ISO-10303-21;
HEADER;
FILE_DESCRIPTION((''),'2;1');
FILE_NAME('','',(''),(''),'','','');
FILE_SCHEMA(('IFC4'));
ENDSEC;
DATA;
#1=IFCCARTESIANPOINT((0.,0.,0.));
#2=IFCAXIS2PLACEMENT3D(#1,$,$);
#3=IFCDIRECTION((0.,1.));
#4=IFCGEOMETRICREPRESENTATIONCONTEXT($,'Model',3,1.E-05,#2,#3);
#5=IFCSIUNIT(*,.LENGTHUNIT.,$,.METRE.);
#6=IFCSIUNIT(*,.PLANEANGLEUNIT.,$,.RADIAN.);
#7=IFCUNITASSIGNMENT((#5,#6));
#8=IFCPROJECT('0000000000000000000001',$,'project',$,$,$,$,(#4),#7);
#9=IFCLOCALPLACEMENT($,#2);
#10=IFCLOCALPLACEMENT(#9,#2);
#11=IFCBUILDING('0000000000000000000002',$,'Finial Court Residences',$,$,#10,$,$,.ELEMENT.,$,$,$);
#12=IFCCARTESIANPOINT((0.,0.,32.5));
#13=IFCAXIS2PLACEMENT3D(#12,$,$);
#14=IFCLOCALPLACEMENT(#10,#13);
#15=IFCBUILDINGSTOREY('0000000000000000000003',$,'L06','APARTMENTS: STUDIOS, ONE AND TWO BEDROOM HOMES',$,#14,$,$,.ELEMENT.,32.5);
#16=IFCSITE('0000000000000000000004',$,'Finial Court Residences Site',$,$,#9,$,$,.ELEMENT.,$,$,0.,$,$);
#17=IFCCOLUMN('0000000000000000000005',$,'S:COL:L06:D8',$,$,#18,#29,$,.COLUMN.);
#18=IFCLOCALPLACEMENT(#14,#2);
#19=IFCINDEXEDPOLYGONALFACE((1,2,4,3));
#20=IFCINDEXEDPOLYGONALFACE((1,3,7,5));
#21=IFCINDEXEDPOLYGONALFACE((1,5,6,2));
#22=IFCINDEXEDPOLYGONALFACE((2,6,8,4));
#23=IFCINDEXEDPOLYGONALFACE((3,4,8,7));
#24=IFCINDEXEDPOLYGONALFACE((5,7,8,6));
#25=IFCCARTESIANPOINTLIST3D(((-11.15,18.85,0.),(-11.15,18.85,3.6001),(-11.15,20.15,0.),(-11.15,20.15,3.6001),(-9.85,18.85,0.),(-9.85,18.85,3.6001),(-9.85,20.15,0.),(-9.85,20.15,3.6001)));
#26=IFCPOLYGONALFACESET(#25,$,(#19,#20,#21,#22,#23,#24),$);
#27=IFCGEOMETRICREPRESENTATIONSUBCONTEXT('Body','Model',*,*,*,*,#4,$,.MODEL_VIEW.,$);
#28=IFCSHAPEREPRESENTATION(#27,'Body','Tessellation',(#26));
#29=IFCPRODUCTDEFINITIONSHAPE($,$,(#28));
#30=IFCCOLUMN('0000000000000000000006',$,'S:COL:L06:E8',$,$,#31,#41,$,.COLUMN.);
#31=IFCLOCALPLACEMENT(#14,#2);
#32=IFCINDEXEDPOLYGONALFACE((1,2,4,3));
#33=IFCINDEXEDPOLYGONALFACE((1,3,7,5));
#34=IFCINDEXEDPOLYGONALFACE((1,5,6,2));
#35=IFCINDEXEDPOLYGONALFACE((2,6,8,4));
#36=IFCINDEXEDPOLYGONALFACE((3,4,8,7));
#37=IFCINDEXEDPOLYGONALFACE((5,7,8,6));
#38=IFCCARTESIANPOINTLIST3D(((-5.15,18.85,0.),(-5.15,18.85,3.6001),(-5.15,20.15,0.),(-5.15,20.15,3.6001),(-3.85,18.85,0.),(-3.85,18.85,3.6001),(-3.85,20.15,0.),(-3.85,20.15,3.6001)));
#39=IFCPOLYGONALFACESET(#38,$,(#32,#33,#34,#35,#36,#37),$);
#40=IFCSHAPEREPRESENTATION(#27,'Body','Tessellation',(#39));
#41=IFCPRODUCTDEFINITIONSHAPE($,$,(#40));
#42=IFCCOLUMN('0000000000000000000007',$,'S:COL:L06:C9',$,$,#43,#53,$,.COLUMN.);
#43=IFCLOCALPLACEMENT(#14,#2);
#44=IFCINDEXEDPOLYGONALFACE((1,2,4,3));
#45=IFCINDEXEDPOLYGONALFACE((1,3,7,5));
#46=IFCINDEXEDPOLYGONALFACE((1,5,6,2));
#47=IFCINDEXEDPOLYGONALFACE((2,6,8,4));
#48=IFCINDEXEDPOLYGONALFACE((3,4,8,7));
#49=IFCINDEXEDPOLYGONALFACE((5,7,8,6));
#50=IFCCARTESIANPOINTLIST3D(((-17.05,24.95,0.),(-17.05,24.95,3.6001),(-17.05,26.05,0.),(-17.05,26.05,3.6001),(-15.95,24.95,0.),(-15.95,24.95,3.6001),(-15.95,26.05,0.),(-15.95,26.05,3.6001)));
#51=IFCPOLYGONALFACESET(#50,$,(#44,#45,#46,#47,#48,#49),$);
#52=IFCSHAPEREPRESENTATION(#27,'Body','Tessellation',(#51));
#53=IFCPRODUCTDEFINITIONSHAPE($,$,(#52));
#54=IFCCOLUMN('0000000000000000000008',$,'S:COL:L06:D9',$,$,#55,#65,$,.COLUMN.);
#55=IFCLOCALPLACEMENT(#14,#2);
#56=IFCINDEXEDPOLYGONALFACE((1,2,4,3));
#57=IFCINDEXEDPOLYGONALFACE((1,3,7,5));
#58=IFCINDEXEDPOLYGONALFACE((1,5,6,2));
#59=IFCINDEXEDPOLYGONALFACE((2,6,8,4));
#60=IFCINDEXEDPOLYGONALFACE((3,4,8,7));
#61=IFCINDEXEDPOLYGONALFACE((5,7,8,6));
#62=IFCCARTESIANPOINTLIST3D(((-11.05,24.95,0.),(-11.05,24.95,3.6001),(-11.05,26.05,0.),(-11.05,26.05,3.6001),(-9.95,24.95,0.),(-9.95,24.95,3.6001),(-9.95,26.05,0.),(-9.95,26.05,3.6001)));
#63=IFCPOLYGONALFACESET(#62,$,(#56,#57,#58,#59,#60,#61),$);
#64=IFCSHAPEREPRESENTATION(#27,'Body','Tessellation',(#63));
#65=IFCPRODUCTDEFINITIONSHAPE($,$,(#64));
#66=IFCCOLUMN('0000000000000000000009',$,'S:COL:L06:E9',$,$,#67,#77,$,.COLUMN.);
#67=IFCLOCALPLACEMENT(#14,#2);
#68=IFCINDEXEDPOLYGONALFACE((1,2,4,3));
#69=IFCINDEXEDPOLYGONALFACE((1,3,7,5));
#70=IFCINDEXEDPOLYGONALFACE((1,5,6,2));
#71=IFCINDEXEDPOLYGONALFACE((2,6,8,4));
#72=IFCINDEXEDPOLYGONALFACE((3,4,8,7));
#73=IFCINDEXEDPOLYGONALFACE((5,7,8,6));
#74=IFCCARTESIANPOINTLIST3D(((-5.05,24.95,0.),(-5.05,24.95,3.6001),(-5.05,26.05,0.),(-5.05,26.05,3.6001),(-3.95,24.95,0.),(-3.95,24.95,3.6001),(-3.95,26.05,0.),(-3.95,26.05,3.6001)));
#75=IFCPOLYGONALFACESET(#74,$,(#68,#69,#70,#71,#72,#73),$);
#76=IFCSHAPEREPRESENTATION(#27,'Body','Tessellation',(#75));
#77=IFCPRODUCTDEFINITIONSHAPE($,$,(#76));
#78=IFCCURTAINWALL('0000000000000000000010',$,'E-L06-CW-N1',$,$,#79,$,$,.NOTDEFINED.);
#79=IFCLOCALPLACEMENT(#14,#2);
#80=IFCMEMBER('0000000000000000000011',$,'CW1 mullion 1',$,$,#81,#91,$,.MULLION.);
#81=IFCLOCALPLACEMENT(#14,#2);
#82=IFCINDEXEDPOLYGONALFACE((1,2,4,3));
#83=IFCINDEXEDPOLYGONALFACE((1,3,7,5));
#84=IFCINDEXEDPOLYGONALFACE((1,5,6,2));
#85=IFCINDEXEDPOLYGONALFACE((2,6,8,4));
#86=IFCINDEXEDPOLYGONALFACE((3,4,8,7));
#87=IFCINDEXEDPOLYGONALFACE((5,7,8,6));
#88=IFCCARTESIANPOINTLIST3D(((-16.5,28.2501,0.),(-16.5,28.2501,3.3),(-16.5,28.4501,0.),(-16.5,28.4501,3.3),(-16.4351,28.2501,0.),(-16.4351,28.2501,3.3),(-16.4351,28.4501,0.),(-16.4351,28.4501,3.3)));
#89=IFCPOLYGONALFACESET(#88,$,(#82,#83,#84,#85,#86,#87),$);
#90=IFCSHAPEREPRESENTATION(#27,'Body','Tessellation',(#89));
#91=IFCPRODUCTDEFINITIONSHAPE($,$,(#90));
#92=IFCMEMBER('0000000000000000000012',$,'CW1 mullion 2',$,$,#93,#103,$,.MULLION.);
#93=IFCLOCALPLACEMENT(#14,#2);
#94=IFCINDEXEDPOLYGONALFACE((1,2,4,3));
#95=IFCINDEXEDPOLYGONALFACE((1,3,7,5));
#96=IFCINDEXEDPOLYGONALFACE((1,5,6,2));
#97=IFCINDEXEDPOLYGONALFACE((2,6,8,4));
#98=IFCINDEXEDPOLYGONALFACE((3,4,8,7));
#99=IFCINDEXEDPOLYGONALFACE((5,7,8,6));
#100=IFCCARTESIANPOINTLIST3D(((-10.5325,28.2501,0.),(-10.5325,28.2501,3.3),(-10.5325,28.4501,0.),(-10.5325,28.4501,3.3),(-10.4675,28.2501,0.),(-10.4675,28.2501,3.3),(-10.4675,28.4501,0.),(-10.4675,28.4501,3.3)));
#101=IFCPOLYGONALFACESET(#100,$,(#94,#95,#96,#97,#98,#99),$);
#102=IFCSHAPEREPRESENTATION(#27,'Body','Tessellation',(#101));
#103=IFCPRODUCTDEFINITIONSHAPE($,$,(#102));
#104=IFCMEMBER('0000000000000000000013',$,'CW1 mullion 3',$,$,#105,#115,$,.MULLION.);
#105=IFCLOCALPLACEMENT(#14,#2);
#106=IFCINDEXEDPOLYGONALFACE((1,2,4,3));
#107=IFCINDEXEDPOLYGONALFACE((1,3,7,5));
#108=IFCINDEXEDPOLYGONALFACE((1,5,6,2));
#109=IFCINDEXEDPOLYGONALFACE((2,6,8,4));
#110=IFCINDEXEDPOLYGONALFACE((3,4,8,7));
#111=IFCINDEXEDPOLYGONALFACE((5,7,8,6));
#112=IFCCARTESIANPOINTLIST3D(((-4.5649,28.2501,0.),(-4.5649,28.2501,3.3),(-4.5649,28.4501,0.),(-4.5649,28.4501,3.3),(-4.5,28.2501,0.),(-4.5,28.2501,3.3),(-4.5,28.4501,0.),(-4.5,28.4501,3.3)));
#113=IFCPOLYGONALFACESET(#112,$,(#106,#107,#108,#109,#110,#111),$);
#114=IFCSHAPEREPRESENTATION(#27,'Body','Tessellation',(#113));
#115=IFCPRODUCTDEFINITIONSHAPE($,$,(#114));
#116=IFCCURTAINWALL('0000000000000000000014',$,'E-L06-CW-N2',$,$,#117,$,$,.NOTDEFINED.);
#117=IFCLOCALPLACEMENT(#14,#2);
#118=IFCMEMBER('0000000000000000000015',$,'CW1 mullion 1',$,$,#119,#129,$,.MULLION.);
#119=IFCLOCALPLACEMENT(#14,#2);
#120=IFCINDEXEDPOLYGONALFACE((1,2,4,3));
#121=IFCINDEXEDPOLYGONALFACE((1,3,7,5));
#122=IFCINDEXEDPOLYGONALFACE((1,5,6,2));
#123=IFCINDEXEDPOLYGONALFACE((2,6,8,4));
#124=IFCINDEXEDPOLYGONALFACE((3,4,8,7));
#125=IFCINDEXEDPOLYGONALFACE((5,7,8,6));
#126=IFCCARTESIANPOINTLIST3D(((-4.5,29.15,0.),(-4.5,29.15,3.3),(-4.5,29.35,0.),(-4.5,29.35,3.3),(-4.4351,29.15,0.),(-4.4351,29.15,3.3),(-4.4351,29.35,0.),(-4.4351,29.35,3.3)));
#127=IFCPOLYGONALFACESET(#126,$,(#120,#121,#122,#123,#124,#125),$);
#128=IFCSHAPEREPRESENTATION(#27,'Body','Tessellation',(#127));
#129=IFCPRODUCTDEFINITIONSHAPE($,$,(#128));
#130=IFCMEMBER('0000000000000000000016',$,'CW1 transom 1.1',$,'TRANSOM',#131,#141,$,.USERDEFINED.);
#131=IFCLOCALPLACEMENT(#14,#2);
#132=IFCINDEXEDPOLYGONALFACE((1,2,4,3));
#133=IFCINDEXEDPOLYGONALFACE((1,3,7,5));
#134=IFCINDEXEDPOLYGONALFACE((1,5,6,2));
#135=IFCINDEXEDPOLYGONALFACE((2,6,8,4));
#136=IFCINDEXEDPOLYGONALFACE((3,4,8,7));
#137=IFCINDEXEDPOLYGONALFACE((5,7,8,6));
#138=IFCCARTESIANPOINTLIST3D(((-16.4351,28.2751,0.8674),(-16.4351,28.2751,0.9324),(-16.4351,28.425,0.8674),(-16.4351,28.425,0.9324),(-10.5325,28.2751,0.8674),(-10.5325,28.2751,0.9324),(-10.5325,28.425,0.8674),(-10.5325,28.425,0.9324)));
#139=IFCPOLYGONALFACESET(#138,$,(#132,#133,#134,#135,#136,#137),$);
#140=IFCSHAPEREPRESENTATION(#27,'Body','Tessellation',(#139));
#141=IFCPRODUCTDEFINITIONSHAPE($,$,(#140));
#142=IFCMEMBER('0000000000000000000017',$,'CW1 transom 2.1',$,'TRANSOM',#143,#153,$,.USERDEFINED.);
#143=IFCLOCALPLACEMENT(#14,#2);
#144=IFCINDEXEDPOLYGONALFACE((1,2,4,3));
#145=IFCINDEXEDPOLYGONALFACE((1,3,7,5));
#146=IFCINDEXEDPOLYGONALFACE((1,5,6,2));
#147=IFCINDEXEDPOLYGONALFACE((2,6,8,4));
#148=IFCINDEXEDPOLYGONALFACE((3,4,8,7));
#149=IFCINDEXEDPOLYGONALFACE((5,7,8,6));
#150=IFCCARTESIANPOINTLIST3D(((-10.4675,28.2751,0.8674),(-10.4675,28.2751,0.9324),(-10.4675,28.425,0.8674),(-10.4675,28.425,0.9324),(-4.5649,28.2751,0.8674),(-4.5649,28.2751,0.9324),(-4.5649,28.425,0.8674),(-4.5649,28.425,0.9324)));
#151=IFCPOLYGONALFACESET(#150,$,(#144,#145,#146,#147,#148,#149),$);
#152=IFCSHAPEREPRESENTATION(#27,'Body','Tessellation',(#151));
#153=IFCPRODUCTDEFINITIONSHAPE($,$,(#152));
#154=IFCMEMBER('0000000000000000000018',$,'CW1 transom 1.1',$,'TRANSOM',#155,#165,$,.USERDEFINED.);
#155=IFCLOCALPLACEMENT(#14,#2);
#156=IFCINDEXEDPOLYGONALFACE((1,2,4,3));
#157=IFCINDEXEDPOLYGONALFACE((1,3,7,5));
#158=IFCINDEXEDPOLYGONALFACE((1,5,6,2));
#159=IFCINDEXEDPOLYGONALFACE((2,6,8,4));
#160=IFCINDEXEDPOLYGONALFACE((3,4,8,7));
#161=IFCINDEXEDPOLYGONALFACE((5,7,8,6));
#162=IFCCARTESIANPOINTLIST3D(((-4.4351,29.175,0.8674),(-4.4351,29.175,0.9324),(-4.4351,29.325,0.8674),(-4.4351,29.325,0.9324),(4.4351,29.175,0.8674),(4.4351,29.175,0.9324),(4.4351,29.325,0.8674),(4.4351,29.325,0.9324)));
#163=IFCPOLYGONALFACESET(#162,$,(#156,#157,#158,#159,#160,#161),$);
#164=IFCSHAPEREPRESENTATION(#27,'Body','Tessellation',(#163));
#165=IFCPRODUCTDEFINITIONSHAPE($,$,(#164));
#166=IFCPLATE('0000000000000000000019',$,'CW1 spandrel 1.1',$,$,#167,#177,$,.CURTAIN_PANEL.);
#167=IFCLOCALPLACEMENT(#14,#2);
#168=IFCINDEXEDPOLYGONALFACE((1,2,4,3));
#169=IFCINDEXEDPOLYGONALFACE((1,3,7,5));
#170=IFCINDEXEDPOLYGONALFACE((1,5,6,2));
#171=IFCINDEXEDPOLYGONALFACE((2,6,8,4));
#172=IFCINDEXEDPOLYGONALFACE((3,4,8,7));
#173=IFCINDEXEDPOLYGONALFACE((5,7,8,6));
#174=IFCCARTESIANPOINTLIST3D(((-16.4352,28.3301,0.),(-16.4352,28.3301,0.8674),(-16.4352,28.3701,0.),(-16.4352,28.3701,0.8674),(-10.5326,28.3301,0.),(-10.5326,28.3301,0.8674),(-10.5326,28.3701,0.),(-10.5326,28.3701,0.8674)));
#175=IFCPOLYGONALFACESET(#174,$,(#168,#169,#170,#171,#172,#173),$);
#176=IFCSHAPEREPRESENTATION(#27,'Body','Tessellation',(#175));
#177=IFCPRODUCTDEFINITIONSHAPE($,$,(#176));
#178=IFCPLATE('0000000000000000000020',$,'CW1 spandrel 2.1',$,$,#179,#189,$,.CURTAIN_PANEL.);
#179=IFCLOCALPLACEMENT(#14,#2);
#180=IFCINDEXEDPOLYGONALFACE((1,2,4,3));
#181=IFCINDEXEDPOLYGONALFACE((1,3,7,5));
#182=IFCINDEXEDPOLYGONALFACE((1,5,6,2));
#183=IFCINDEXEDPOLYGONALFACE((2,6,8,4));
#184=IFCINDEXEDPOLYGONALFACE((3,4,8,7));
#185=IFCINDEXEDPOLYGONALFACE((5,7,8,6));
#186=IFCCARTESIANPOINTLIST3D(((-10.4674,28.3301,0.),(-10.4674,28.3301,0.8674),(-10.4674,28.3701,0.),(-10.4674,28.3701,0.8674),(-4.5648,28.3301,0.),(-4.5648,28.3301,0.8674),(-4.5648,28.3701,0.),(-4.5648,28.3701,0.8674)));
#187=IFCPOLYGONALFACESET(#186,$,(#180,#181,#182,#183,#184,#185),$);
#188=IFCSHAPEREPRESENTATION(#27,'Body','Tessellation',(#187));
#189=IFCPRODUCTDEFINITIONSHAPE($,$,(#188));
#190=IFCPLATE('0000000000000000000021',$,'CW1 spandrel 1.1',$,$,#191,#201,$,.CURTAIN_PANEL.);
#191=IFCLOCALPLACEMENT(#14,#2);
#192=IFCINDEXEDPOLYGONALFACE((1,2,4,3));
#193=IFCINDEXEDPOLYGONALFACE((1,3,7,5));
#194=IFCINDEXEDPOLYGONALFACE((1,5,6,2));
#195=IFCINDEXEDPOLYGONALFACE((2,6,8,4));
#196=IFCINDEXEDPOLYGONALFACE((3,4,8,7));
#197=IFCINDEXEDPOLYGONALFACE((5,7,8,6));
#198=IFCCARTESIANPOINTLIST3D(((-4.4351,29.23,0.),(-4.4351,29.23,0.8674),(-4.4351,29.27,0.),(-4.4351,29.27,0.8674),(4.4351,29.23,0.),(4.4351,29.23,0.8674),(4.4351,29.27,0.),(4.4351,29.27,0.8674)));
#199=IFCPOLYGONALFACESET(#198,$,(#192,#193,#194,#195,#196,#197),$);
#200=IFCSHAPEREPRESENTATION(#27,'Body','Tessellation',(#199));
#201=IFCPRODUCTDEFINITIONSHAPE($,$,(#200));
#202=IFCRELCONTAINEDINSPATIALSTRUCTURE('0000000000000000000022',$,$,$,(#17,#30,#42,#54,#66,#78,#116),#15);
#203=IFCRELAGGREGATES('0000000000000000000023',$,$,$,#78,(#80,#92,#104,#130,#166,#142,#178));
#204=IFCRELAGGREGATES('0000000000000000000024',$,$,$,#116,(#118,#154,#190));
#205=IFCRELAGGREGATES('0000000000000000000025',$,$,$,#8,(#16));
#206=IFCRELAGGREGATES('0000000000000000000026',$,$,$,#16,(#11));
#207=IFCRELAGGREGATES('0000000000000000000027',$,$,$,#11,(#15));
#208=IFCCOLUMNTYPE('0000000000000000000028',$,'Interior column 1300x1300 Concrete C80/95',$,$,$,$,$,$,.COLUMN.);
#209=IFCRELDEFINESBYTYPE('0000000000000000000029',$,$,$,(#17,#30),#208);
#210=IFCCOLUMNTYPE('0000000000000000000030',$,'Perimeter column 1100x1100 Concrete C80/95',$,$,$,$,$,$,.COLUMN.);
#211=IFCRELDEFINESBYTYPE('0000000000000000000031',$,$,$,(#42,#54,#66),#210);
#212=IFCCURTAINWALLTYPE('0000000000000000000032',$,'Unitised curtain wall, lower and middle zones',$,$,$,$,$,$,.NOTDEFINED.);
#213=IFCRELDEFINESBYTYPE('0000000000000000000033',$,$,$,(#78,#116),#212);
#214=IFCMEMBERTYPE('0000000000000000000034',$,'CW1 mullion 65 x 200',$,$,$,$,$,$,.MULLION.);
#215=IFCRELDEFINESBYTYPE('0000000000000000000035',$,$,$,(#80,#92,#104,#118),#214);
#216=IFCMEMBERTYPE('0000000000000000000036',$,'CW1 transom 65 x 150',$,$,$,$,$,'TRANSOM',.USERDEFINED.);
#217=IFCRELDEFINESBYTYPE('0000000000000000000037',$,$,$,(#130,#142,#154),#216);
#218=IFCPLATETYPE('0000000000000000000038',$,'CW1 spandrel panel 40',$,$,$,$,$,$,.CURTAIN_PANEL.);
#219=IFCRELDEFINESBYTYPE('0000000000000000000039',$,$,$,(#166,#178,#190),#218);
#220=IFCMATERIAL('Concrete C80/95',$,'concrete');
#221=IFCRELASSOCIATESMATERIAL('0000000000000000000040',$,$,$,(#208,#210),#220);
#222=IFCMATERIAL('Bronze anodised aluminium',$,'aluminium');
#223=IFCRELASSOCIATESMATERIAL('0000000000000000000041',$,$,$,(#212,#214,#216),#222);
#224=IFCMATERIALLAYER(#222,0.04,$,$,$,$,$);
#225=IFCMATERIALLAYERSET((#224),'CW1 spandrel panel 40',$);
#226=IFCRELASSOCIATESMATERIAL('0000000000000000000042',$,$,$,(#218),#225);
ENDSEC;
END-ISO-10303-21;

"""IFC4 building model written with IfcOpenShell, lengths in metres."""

from ifc_helpers import new_model, si_unit, direction, frame, origin, origin_2d, place, context, subcontext, project, spatial, rectangle, extrude, material, layer, layer_set, material_profile, profile_set, type_object, element, aggregate, save


model = new_model("IFC4")

# Units and contexts
model_context = context("Model", 3, precision=1e-05, world=origin(), true_north=direction((0.0, 1.0)))
body_context = subcontext(model_context, "Body", "Model", "MODEL_VIEW")
ifc_project = project(units=[si_unit("LENGTHUNIT", "METRE"), si_unit("PLANEANGLEUNIT", "RADIAN")], contexts=[model_context])

# Site, building, storey
site_placement = place(None, origin())
site = spatial("IfcSite", under=ifc_project, at=site_placement, Name="Finial Court Residences Site", CompositionType="ELEMENT", RefElevation=0.0)
building_placement = place(site_placement, origin())
building = spatial("IfcBuilding", under=site, at=building_placement, Name="Finial Court Residences", CompositionType="ELEMENT")
storey_placement = place(building_placement, frame((0.0, 0.0, 32.5)))
storey = spatial("IfcBuildingStorey", under=building, at=storey_placement, Name="L06", Description="APARTMENTS: STUDIOS, ONE AND TWO BEDROOM HOMES", CompositionType="ELEMENT", Elevation=32.5)

# Columns
ifc_material_1 = material(Name="Concrete C80/95", Category="concrete")
ifc_material_profile_1 = material_profile(ifc_material_1, rectangle(XDim=1.3, YDim=1.3, at=origin_2d()), Name="1300x1300")
ifc_profile_set_1 = profile_set([ifc_material_profile_1], Name="Concrete C80/95")
column_type_1 = type_object("IfcColumnType", Name="Interior column 1300x1300 Concrete C80/95", PredefinedType="COLUMN", material=ifc_profile_set_1)
for number, where, z_axis, x_axis, name in (
    (1, (-10.5, 19.5, 0.0), (0.0, 0.0, 1.0), (1.0, 0.0, 0.0), "S:COL:L06:D8"),
    (2, (-4.5, 19.5, 0.0), (0.0, 0.0, 1.0), (1.0, 0.0, 0.0), "S:COL:L06:E8"),
):
    element("IfcColumn", number, at=place(storey_placement, frame(where, z_axis=z_axis, x_axis=x_axis)), inside=storey, type_object=column_type_1, Name=name, PredefinedType="COLUMN", context=body_context, shape_type="SweptSolid", body=[
        extrude(rectangle(XDim=1.3, YDim=1.3, at=origin_2d()), origin(), (0.0, 0.0, 1.0), 3.6001),
    ])
ifc_material_profile_2 = material_profile(ifc_material_1, rectangle(XDim=1.1001, YDim=1.1001, at=origin_2d()), Name="1100x1100")
ifc_profile_set_2 = profile_set([ifc_material_profile_2], Name="Concrete C80/95")
column_type_2 = type_object("IfcColumnType", Name="Perimeter column 1100x1100 Concrete C80/95", PredefinedType="COLUMN", material=ifc_profile_set_2)
for number, where, z_axis, x_axis, name in (
    (3, (-16.5, 25.5, 0.0), (0.0, 0.0, 1.0), (1.0, 0.0, 0.0), "S:COL:L06:C9"),
    (4, (-10.5, 25.5, 0.0), (0.0, 0.0, 1.0), (1.0, 0.0, 0.0), "S:COL:L06:D9"),
    (5, (-4.5, 25.5, 0.0), (0.0, 0.0, 1.0), (1.0, 0.0, 0.0), "S:COL:L06:E9"),
):
    element("IfcColumn", number, at=place(storey_placement, frame(where, z_axis=z_axis, x_axis=x_axis)), inside=storey, type_object=column_type_2, Name=name, PredefinedType="COLUMN", context=body_context, shape_type="SweptSolid", body=[
        extrude(rectangle(XDim=1.1001, YDim=1.1001, at=origin_2d()), origin(), (0.0, 0.0, 1.0), 3.6001),
    ])

# Curtain wall, members
ifc_material_2 = material(Name="Bronze anodised aluminium", Category="aluminium")
curtain_wall_type = type_object("IfcCurtainWallType", Name="Unitised curtain wall, lower and middle zones", PredefinedType="NOTDEFINED", material=ifc_material_2)
curtain_wall_1_placement = place(storey_placement, origin())
curtain_wall_1 = element("IfcCurtainWall", 6, at=curtain_wall_1_placement, inside=storey, type_object=curtain_wall_type, Name="E-L06-CW-N1", PredefinedType="NOTDEFINED")
ifc_material_profile_3 = material_profile(ifc_material_2, rectangle(XDim=0.2, YDim=0.0649, at=origin_2d()), Name="CW1 mullion 65 x 200")
ifc_profile_set_3 = profile_set([ifc_material_profile_3], Name="Bronze anodised aluminium")
member_type_1 = type_object("IfcMemberType", Name="CW1 mullion 65 x 200", PredefinedType="MULLION", material=ifc_profile_set_3)
member_1_placement = place(storey_placement, frame((-16.4675, 28.3501, 0.0), z_axis=(0.0, 0.0, 1.0), x_axis=(0.0, 1.0, 0.0)))
member_1 = element("IfcMember", 7, at=member_1_placement, type_object=member_type_1, Name="CW1 mullion 1", PredefinedType="MULLION", context=body_context, shape_type="SweptSolid", body=[
    extrude(rectangle(XDim=0.2, YDim=0.0649, at=origin_2d()), origin(), (0.0, 0.0, 1.0), 3.3),
])
member_2_placement = place(storey_placement, frame((-10.5, 28.3501, 0.0), z_axis=(0.0, 0.0, 1.0), x_axis=(0.0, 1.0, 0.0)))
member_2 = element("IfcMember", 8, at=member_2_placement, type_object=member_type_1, Name="CW1 mullion 2", PredefinedType="MULLION", context=body_context, shape_type="SweptSolid", body=[
    extrude(rectangle(XDim=0.2, YDim=0.0649, at=origin_2d()), origin(), (0.0, 0.0, 1.0), 3.3),
])
member_3_placement = place(storey_placement, frame((-4.5325, 28.3501, 0.0), z_axis=(0.0, 0.0, 1.0), x_axis=(0.0, 1.0, 0.0)))
member_3 = element("IfcMember", 9, at=member_3_placement, type_object=member_type_1, Name="CW1 mullion 3", PredefinedType="MULLION", context=body_context, shape_type="SweptSolid", body=[
    extrude(rectangle(XDim=0.2, YDim=0.0649, at=origin_2d()), origin(), (0.0, 0.0, 1.0), 3.3),
])

# Curtain wall, member
curtain_wall_2_placement = place(storey_placement, origin())
curtain_wall_2 = element("IfcCurtainWall", 10, at=curtain_wall_2_placement, inside=storey, type_object=curtain_wall_type, Name="E-L06-CW-N2", PredefinedType="NOTDEFINED")
member_4_placement = place(storey_placement, frame((-4.4675, 29.25, 0.0), z_axis=(0.0, 0.0, 1.0), x_axis=(0.0, 1.0, 0.0)))
member_4 = element("IfcMember", 11, at=member_4_placement, type_object=member_type_1, Name="CW1 mullion 1", PredefinedType="MULLION", context=body_context, shape_type="SweptSolid", body=[
    extrude(rectangle(XDim=0.2, YDim=0.0649, at=origin_2d()), origin(), (0.0, 0.0, 1.0), 3.3),
])

# Members
ifc_material_profile_4 = material_profile(ifc_material_2, rectangle(XDim=0.1499, YDim=0.0649, at=origin_2d()), Name="CW1 transom 65 x 150")
ifc_profile_set_4 = profile_set([ifc_material_profile_4], Name="Bronze anodised aluminium")
member_type_2 = type_object("IfcMemberType", Name="CW1 transom 65 x 150", ElementType="TRANSOM", PredefinedType="USERDEFINED", material=ifc_profile_set_4)
member_5_placement = place(storey_placement, frame((-16.4351, 28.3501, 0.8999), z_axis=(1.0, 0.0, 0.0), x_axis=(0.0, 1.0, 0.0)))
member_5 = element("IfcMember", 12, at=member_5_placement, type_object=member_type_2, Name="CW1 transom 1.1", ObjectType="TRANSOM", PredefinedType="USERDEFINED", context=body_context, shape_type="SweptSolid", body=[
    extrude(rectangle(XDim=0.1499, YDim=0.0649, at=origin_2d()), origin(), (0.0, 0.0, 1.0), 5.9026),
])
member_6_placement = place(storey_placement, frame((-10.4675, 28.3501, 0.8999), z_axis=(1.0, 0.0, 0.0), x_axis=(0.0, 1.0, 0.0)))
member_6 = element("IfcMember", 13, at=member_6_placement, type_object=member_type_2, Name="CW1 transom 2.1", ObjectType="TRANSOM", PredefinedType="USERDEFINED", context=body_context, shape_type="SweptSolid", body=[
    extrude(rectangle(XDim=0.1499, YDim=0.0649, at=origin_2d()), origin(), (0.0, 0.0, 1.0), 5.9026),
])
member_7_placement = place(storey_placement, frame((-4.4351, 29.25, 0.8999), z_axis=(1.0, 0.0, 0.0), x_axis=(0.0, 1.0, 0.0)))
member_7 = element("IfcMember", 14, at=member_7_placement, type_object=member_type_2, Name="CW1 transom 1.1", ObjectType="TRANSOM", PredefinedType="USERDEFINED", context=body_context, shape_type="SweptSolid", body=[
    extrude(rectangle(XDim=0.1499, YDim=0.0649, at=origin_2d()), origin(), (0.0, 0.0, 1.0), 8.8701),
])

# Plates
ifc_layer_1 = layer(ifc_material_2, 0.04)
ifc_layer_set_1 = layer_set([ifc_layer_1], Name="CW1 spandrel panel 40")
plate_type_1 = type_object("IfcPlateType", Name="CW1 spandrel panel 40", PredefinedType="CURTAIN_PANEL", material=ifc_layer_set_1)
plate_1_placement = place(storey_placement, frame((-13.4839, 28.3501, 0.0), z_axis=(0.0, 0.0, 1.0), x_axis=(1.0, 0.0, 0.0)))
plate_1 = element("IfcPlate", 15, at=plate_1_placement, type_object=plate_type_1, Name="CW1 spandrel 1.1", PredefinedType="CURTAIN_PANEL", context=body_context, shape_type="SweptSolid", body=[
    extrude(rectangle(XDim=5.9026, YDim=0.04, at=origin_2d()), origin(), (0.0, 0.0, 1.0), 0.8674),
])
plate_2_placement = place(storey_placement, frame((-7.5161, 28.3501, 0.0), z_axis=(0.0, 0.0, 1.0), x_axis=(1.0, 0.0, 0.0)))
plate_2 = element("IfcPlate", 16, at=plate_2_placement, type_object=plate_type_1, Name="CW1 spandrel 2.1", PredefinedType="CURTAIN_PANEL", context=body_context, shape_type="SweptSolid", body=[
    extrude(rectangle(XDim=5.9026, YDim=0.04, at=origin_2d()), origin(), (0.0, 0.0, 1.0), 0.8674),
])
plate_3_placement = place(storey_placement, frame((0.0, 29.25, 0.0), z_axis=(0.0, 0.0, 1.0), x_axis=(1.0, 0.0, 0.0)))
plate_3 = element("IfcPlate", 17, at=plate_3_placement, type_object=plate_type_1, Name="CW1 spandrel 1.1", PredefinedType="CURTAIN_PANEL", context=body_context, shape_type="SweptSolid", body=[
    extrude(rectangle(XDim=8.8701, YDim=0.04, at=origin_2d()), origin(), (0.0, 0.0, 1.0), 0.8674),
])
aggregate(curtain_wall_1, [member_1, member_2, member_3, member_5, plate_1, member_6, plate_2])
aggregate(curtain_wall_2, [member_4, member_7, plate_3])

save(model, "model.ifc")
